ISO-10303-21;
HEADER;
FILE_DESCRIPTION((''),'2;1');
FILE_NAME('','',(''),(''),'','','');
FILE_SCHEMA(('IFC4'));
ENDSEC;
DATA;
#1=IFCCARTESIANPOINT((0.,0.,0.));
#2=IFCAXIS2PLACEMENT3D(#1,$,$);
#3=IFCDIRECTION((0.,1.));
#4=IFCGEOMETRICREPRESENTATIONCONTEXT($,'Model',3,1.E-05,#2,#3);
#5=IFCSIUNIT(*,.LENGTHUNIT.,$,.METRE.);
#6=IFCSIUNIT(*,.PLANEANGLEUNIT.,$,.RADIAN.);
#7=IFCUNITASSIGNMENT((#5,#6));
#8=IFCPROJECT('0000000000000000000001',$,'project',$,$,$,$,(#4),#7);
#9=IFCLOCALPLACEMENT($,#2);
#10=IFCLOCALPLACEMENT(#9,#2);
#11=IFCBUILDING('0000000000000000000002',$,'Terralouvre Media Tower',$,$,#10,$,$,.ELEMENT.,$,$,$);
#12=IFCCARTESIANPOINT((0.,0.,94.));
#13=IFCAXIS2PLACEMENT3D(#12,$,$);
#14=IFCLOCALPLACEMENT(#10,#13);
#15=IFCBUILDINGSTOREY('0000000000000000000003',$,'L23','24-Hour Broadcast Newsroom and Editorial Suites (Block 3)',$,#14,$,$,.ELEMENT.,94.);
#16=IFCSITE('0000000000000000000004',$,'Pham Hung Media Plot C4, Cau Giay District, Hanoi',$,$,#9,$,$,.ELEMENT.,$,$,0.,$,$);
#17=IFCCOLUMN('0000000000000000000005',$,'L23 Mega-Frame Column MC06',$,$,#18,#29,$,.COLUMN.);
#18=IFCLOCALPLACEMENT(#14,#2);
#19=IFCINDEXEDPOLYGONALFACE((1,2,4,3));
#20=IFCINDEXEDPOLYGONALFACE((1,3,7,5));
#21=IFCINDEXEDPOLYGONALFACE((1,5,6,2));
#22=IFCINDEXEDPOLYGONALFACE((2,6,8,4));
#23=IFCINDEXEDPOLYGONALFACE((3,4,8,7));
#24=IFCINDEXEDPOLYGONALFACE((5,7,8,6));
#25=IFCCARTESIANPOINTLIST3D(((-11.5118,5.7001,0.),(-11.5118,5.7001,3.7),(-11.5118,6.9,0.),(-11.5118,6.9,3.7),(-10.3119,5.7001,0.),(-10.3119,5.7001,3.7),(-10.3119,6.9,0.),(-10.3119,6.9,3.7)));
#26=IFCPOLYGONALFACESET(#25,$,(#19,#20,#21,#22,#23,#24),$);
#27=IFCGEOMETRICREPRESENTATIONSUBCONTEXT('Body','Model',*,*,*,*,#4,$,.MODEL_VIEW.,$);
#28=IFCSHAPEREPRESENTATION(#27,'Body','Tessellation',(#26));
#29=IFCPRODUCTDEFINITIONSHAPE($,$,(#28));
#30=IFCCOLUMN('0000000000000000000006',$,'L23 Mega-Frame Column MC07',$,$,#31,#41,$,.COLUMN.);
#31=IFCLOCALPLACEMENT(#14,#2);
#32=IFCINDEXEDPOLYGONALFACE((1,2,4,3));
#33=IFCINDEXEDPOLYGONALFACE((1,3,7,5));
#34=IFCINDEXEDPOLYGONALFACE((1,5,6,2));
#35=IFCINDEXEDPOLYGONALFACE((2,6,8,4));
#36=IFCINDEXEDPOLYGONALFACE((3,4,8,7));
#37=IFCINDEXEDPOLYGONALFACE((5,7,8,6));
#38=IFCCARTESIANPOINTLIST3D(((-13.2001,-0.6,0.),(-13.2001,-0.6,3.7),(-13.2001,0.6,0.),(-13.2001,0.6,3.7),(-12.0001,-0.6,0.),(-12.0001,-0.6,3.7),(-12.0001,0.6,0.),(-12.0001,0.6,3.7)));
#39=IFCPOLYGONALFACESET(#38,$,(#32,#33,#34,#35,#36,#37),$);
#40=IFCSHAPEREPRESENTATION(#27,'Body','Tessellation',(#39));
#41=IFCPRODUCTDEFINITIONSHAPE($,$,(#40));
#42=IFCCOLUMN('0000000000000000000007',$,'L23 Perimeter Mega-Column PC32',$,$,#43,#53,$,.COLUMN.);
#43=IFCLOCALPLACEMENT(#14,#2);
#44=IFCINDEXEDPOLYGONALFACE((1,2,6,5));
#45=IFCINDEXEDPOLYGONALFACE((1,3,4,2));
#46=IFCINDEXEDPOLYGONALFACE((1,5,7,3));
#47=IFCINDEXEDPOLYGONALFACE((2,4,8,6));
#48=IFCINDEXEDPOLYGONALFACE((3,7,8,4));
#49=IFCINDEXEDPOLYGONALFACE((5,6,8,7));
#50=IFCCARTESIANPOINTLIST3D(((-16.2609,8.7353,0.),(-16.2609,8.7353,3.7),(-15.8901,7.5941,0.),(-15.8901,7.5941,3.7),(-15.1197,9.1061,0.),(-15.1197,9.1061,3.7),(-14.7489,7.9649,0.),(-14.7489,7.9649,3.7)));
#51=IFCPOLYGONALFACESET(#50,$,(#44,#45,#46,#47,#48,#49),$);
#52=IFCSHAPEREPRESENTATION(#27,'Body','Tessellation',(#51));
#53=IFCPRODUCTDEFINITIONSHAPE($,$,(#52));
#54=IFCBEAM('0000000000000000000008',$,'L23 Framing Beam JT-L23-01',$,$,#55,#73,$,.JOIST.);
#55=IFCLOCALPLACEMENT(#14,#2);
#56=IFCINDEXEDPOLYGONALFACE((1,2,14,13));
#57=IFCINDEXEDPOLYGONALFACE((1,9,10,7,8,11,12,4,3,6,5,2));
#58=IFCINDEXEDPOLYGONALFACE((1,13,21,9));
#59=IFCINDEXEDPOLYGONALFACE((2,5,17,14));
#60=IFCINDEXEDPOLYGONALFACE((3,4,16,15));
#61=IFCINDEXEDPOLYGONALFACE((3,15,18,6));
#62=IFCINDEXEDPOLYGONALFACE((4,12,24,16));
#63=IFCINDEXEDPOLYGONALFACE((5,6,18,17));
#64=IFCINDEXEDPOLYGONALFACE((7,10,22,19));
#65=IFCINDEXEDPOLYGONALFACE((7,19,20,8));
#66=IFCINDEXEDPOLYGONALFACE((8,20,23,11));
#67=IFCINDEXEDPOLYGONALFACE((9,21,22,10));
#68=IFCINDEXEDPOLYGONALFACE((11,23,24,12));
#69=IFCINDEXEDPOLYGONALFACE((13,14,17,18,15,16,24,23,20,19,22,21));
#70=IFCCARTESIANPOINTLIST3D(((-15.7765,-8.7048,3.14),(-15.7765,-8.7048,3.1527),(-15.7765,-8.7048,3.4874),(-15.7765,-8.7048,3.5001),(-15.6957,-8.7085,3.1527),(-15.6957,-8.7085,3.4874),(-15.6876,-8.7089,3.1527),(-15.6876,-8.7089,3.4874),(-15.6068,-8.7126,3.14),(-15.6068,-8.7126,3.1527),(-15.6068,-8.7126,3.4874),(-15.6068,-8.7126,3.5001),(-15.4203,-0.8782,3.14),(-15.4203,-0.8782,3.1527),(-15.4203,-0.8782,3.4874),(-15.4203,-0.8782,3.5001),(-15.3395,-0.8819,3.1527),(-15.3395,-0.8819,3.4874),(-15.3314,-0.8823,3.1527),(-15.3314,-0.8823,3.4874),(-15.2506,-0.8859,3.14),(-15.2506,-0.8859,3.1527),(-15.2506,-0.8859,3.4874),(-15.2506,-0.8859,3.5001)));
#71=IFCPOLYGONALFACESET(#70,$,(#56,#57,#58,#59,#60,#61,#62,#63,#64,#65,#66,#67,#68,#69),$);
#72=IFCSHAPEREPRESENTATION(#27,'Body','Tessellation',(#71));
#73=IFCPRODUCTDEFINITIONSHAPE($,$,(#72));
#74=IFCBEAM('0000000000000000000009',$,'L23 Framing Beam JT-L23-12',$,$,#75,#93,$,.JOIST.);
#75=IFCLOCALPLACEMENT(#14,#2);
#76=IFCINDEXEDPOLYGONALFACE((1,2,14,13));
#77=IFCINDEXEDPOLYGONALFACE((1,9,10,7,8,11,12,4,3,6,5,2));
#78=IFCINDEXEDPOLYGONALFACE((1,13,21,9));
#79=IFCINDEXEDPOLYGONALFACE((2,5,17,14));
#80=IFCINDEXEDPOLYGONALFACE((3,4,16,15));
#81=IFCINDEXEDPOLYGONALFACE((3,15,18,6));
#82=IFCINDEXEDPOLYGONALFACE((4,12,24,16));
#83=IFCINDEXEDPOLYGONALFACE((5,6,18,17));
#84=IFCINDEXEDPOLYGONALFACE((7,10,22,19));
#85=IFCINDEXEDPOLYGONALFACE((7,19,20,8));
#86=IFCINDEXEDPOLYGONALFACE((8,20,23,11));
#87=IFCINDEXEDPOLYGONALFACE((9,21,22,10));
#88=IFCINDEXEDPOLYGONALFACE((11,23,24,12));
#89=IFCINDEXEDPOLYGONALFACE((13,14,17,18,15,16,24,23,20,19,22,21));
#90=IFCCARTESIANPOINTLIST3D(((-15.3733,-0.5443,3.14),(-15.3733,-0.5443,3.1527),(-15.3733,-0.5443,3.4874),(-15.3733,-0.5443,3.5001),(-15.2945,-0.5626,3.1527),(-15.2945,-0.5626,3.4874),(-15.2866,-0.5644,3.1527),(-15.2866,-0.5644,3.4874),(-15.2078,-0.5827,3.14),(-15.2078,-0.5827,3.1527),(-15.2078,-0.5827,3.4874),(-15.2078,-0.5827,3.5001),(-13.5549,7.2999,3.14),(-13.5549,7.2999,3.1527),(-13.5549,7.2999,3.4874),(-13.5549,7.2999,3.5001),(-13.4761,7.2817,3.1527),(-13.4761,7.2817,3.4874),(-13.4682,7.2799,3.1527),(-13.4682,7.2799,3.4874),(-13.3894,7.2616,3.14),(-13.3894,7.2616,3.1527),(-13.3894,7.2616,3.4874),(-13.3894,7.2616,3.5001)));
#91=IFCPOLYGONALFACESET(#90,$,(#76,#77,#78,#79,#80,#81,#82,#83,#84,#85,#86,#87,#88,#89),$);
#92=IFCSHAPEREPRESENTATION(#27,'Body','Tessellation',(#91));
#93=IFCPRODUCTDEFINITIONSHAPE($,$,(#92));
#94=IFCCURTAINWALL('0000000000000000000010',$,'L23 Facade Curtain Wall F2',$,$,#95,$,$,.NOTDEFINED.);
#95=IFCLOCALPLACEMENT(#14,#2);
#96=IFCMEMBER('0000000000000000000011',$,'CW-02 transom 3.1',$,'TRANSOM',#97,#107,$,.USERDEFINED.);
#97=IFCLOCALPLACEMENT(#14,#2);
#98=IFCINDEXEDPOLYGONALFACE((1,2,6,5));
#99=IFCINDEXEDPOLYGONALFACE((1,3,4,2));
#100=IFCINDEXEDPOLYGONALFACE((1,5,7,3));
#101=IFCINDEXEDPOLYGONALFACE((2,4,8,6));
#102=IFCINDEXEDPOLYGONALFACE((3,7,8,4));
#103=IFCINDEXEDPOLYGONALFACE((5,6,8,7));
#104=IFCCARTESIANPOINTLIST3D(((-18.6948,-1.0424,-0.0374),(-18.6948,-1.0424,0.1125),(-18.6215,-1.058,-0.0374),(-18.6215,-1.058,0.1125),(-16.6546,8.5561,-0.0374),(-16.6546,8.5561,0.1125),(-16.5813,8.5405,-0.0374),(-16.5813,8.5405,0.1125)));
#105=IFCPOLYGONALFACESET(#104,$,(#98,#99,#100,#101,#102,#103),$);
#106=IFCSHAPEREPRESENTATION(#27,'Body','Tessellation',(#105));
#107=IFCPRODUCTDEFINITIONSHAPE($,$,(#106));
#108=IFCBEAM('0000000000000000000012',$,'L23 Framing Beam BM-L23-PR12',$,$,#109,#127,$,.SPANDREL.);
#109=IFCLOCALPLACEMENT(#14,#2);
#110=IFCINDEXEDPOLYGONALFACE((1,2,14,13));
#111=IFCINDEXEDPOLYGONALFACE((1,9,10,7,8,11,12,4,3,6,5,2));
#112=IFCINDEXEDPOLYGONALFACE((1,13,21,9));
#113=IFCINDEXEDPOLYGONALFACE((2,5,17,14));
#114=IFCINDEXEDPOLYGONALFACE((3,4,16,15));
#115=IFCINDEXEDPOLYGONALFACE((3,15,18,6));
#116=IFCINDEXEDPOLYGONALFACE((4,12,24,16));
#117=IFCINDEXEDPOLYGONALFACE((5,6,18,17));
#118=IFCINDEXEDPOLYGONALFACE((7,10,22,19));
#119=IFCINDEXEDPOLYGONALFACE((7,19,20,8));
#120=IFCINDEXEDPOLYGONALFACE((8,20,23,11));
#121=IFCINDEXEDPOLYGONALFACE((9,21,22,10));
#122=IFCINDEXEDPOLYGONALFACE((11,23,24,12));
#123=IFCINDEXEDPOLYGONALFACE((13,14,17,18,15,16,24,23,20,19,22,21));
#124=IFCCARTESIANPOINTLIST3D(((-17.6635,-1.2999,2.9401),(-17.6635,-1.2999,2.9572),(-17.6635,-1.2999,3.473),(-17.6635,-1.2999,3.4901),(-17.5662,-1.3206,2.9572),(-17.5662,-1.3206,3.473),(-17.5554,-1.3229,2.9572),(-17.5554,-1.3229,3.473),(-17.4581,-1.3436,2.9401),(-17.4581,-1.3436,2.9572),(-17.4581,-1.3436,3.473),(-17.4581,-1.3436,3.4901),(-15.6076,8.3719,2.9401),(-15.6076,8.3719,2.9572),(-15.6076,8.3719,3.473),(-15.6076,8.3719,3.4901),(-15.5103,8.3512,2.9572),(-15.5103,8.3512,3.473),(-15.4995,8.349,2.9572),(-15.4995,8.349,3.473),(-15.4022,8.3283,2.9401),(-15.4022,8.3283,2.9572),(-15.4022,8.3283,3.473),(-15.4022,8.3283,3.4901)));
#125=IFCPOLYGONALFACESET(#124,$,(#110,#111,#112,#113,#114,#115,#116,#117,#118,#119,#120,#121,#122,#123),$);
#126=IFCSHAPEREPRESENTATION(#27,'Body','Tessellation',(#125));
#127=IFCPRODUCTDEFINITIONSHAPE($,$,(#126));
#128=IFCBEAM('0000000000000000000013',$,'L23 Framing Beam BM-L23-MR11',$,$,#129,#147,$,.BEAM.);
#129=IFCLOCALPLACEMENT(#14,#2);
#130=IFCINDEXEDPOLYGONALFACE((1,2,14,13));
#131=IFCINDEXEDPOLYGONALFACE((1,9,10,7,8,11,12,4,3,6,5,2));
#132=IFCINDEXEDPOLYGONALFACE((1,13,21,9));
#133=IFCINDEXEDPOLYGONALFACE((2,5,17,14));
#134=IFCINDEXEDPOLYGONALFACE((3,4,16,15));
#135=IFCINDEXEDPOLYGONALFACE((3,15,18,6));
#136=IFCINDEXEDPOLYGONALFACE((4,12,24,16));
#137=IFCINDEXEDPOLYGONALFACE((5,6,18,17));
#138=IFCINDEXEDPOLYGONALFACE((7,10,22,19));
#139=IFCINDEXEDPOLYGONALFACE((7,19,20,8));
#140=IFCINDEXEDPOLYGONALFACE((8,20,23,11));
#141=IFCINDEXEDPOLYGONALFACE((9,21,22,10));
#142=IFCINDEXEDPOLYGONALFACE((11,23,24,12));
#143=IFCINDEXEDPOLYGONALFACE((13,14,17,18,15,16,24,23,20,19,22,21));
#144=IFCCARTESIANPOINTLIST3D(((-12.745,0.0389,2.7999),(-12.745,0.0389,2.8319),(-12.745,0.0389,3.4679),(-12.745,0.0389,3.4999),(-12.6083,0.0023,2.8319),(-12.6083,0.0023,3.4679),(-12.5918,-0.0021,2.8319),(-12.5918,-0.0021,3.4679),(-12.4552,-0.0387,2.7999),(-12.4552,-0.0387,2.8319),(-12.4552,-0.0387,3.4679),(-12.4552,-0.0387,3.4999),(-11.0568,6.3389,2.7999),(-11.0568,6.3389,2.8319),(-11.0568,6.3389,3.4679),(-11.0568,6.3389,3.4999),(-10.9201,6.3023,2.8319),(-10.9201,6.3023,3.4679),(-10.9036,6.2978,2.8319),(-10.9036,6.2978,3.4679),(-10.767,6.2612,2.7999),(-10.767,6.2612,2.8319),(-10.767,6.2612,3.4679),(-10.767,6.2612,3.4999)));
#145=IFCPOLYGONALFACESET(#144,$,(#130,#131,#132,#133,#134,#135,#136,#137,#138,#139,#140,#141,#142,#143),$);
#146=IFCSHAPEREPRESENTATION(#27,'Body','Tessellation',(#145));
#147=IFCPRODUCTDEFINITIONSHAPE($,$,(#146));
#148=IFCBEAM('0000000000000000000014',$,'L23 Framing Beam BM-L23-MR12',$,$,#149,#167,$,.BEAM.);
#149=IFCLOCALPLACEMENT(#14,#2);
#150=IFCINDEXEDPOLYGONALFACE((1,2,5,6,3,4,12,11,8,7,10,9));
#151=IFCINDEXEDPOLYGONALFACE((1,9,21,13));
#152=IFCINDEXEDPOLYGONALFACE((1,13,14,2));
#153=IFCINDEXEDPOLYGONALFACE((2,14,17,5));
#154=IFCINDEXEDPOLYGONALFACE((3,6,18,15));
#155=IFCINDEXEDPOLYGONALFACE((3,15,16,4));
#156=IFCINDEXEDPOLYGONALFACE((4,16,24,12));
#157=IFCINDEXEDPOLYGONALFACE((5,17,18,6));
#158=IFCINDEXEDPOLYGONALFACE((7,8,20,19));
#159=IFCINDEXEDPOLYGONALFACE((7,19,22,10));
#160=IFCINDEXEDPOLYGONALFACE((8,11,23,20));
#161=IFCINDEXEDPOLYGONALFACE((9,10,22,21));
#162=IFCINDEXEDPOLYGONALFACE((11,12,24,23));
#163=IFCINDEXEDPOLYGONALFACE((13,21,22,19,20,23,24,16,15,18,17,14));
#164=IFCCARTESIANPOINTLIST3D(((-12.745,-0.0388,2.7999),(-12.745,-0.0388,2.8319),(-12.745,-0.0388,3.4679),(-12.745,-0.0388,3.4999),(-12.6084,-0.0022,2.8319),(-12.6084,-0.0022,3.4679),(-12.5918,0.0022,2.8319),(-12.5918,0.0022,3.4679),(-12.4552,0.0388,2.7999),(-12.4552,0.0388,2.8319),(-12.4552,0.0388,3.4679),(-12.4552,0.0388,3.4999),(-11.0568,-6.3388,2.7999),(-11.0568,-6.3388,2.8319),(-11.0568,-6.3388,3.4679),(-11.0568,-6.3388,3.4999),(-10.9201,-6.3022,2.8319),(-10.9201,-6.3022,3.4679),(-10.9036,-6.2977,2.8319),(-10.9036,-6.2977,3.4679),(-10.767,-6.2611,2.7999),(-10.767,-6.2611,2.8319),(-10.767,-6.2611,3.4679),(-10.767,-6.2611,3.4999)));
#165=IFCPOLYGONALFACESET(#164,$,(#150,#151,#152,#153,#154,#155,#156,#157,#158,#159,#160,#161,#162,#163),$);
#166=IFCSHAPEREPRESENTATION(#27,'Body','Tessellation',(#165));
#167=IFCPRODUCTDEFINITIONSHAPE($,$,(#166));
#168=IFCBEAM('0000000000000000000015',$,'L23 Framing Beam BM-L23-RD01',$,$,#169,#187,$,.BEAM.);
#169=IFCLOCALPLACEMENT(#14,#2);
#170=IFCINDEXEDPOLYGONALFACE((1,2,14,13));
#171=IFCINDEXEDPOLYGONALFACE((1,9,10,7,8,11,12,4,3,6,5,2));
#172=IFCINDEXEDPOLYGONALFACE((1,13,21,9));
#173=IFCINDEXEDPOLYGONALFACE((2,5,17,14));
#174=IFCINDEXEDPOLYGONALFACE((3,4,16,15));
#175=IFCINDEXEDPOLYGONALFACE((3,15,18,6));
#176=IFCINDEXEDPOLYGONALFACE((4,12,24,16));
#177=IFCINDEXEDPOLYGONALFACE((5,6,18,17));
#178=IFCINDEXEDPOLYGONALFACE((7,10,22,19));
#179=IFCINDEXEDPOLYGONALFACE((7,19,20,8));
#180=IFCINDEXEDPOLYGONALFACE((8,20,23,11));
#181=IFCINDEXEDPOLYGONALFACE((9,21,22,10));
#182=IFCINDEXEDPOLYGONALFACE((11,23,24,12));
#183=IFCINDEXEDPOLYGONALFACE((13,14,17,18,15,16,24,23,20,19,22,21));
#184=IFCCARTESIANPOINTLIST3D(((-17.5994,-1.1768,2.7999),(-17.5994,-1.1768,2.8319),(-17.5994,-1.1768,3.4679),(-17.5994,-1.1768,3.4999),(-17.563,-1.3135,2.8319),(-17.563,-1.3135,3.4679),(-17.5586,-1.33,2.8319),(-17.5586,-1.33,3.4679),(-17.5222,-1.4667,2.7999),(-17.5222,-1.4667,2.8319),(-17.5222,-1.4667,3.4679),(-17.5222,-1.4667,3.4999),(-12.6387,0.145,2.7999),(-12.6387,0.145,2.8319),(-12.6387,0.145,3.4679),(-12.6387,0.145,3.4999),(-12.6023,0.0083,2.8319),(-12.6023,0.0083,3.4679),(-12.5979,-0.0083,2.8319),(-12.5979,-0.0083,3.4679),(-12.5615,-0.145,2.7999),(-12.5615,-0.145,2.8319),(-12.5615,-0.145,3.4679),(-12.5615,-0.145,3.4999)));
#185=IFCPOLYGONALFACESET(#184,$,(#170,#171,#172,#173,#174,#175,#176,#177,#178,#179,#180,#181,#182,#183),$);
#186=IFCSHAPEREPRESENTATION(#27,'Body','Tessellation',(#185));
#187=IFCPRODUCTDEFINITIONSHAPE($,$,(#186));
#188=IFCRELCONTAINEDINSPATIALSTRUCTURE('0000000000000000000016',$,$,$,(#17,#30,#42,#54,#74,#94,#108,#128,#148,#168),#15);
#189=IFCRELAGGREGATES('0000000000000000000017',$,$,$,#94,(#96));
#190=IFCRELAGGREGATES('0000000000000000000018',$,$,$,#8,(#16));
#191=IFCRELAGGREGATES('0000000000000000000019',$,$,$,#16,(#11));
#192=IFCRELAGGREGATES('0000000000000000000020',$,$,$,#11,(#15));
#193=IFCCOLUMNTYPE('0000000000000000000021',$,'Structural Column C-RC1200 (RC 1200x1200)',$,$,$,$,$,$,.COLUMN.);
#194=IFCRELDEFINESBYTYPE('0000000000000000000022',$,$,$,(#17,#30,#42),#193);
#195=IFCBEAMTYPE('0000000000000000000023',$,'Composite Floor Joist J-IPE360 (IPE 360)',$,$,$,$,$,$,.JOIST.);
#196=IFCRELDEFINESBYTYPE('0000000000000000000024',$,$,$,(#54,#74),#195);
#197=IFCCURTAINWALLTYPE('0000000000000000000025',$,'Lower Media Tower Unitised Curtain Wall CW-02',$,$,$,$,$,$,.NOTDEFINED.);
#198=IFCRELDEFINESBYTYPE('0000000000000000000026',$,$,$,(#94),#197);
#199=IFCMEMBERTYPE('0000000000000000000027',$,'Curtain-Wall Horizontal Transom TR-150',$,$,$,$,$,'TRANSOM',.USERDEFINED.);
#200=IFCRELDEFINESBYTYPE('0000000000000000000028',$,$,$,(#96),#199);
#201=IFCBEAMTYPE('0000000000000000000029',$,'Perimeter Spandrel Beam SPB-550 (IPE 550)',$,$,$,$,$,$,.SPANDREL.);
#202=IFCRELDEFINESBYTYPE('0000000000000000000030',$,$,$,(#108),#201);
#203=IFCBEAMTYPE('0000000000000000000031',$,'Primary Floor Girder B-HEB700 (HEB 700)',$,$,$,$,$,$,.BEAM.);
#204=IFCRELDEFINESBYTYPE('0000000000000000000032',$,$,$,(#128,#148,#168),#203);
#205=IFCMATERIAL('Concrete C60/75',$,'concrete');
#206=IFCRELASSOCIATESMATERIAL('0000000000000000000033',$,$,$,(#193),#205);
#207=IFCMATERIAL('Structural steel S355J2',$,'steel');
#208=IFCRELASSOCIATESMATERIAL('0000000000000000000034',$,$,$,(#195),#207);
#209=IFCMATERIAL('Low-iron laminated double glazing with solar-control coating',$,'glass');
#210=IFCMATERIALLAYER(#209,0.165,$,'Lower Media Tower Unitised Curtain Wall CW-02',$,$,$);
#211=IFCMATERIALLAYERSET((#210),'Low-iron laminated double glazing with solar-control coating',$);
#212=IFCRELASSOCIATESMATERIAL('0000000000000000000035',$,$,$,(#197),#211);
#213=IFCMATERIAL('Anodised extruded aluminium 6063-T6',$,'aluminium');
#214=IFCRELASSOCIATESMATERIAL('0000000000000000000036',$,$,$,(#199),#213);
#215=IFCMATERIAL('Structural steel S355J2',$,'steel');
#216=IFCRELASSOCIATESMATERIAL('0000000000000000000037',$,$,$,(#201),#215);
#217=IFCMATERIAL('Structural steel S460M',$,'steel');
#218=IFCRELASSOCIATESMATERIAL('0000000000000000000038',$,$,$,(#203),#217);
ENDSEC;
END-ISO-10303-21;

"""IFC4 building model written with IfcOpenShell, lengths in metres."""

from ifc_helpers import new_model, si_unit, direction, frame, origin, origin_2d, place, context, subcontext, project, spatial, rectangle, i_section, extrude, material, layer, layer_set, material_profile, profile_set, type_object, element, aggregate, save


model = new_model("IFC4")

# Units and contexts
model_context = context("Model", 3, precision=1e-05, world=origin(), true_north=direction((0.0, 1.0)))
body_context = subcontext(model_context, "Body", "Model", "MODEL_VIEW")
ifc_project = project(units=[si_unit("LENGTHUNIT", "METRE"), si_unit("PLANEANGLEUNIT", "RADIAN")], contexts=[model_context])

# Site, building, storey
site_placement = place(None, origin())
site = spatial("IfcSite", under=ifc_project, at=site_placement, Name="Pham Hung Media Plot C4, Cau Giay District, Hanoi", CompositionType="ELEMENT", RefElevation=0.0)
building_placement = place(site_placement, origin())
building = spatial("IfcBuilding", under=site, at=building_placement, Name="Terralouvre Media Tower", CompositionType="ELEMENT")
storey_placement = place(building_placement, frame((0.0, 0.0, 94.0)))
storey = spatial("IfcBuildingStorey", under=building, at=storey_placement, Name="L23", Description="24-Hour Broadcast Newsroom and Editorial Suites (Block 3)", CompositionType="ELEMENT", Elevation=94.0)

# Columns
ifc_material_1 = material(Name="Concrete C60/75", Category="concrete")
ifc_material_profile_1 = material_profile(ifc_material_1, rectangle(XDim=1.2, YDim=1.2, at=origin_2d()), Name="RC 1200x1200")
ifc_profile_set_1 = profile_set([ifc_material_profile_1], Name="Concrete C60/75")
column_type = type_object("IfcColumnType", Name="Structural Column C-RC1200 (RC 1200x1200)", PredefinedType="COLUMN", material=ifc_profile_set_1)
for number, where, z_axis, x_axis, name in (
    (1, (-10.9119, 6.3, 0.0), (0.0, 0.0, 1.0), (1.0, 0.0, 0.0), "L23 Mega-Frame Column MC06"),
    (2, (-12.6001, 0.0, 0.0), (0.0, 0.0, 1.0), (1.0, 0.0, 0.0), "L23 Mega-Frame Column MC07"),
    (3, (-15.5049, 8.3501, 0.0), (0.0, 0.0, 1.0), (0.951057, 0.309017, 0.0), "L23 Perimeter Mega-Column PC32"),
):
    element("IfcColumn", number, at=place(storey_placement, frame(where, z_axis=z_axis, x_axis=x_axis)), inside=storey, type_object=column_type, Name=name, PredefinedType="COLUMN", context=body_context, shape_type="SweptSolid", body=[
        extrude(rectangle(XDim=1.2, YDim=1.2, at=origin_2d()), origin(), (0.0, 0.0, 1.0), 3.7),
    ])

# Beams
ifc_material_2 = material(Name="Structural steel S355J2", Category="steel")
ifc_material_profile_2 = material_profile(ifc_material_2, i_section(OverallWidth=0.1699, OverallDepth=0.3601, WebThickness=0.0081, FlangeThickness=0.0127, at=origin_2d()), Name="IPE 360")
ifc_profile_set_2 = profile_set([ifc_material_profile_2], Name="Structural steel S355J2")
beam_type_1 = type_object("IfcBeamType", Name="Composite Floor Joist J-IPE360 (IPE 360)", PredefinedType="JOIST", material=ifc_profile_set_2)
beam_1_placement = place(storey_placement, frame((-15.3354, -0.8821, 3.3201), z_axis=(-0.045464, -0.998966, 0.0), x_axis=(0.998966, -0.045464, 0.0)))
element("IfcBeam", 4, at=beam_1_placement, inside=storey, type_object=beam_type_1, Name="L23 Framing Beam JT-L23-01", PredefinedType="JOIST", context=body_context, shape_type="SweptSolid", body=[
    extrude(i_section(OverallWidth=0.1699, OverallDepth=0.3601, WebThickness=0.0081, FlangeThickness=0.0127, at=origin_2d()), origin(), (0.0, 0.0, 1.0), 7.8347),
])
beam_2_placement = place(storey_placement, frame((-13.4722, 7.2808, 3.3201), z_axis=(-0.22582, -0.974169, 0.0), x_axis=(0.974169, -0.22582, 0.0)))
element("IfcBeam", 5, at=beam_2_placement, inside=storey, type_object=beam_type_1, Name="L23 Framing Beam JT-L23-12", PredefinedType="JOIST", context=body_context, shape_type="SweptSolid", body=[
    extrude(i_section(OverallWidth=0.1699, OverallDepth=0.3601, WebThickness=0.0081, FlangeThickness=0.0127, at=origin_2d()), origin(), (0.0, 0.0, 1.0), 8.0522),
])

# Curtain wall, member
ifc_material_3 = material(Name="Low-iron laminated double glazing with solar-control coating", Category="glass")
ifc_layer_1 = layer(ifc_material_3, 0.165, Name="Lower Media Tower Unitised Curtain Wall CW-02")
ifc_layer_set_1 = layer_set([ifc_layer_1], Name="Low-iron laminated double glazing with solar-control coating")
curtain_wall_type = type_object("IfcCurtainWallType", Name="Lower Media Tower Unitised Curtain Wall CW-02", PredefinedType="NOTDEFINED", material=ifc_layer_set_1)
curtain_wall_placement = place(storey_placement, origin())
curtain_wall = element("IfcCurtainWall", 6, at=curtain_wall_placement, inside=storey, type_object=curtain_wall_type, Name="L23 Facade Curtain Wall F2", PredefinedType="NOTDEFINED")
ifc_material_4 = material(Name="Anodised extruded aluminium 6063-T6", Category="aluminium")
ifc_material_profile_3 = material_profile(ifc_material_4, rectangle(XDim=0.075, YDim=0.1499, at=origin_2d()), Name="ALU 75x150")
ifc_profile_set_3 = profile_set([ifc_material_profile_3], Name="Anodised extruded aluminium 6063-T6")
member_type = type_object("IfcMemberType", Name="Curtain-Wall Horizontal Transom TR-150", ElementType="TRANSOM", PredefinedType="USERDEFINED", material=ifc_profile_set_3)
member_placement = place(storey_placement, frame((-16.6179, 8.5483, 0.0376), z_axis=(-0.207915, -0.978147, 0.0), x_axis=(0.978147, -0.207915, 0.0)))
member = element("IfcMember", 7, at=member_placement, type_object=member_type, Name="CW-02 transom 3.1", ObjectType="TRANSOM", PredefinedType="USERDEFINED", context=body_context, shape_type="SweptSolid", body=[
    extrude(rectangle(XDim=0.075, YDim=0.1499, at=origin_2d()), origin(), (0.0, 0.0, 1.0), 9.813),
])

# Beams
ifc_material_5 = material(Name="Structural steel S355J2", Category="steel")
ifc_material_profile_4 = material_profile(ifc_material_5, i_section(OverallWidth=0.21, OverallDepth=0.55, WebThickness=0.011, FlangeThickness=0.0171, at=origin_2d()), Name="IPE 550")
ifc_profile_set_4 = profile_set([ifc_material_profile_4], Name="Structural steel S355J2")
beam_type_2 = type_object("IfcBeamType", Name="Perimeter Spandrel Beam SPB-550 (IPE 550)", PredefinedType="SPANDREL", material=ifc_profile_set_4)
beam_3_placement = place(storey_placement, frame((-15.5049, 8.3501, 3.2151), z_axis=(-0.20792, -0.978146, 0.0), x_axis=(0.978146, -0.20792, 0.0)))
element("IfcBeam", 8, at=beam_3_placement, inside=storey, type_object=beam_type_2, Name="L23 Framing Beam BM-L23-PR12", PredefinedType="SPANDREL", context=body_context, shape_type="SweptSolid", body=[
    extrude(i_section(OverallWidth=0.21, OverallDepth=0.55, WebThickness=0.011, FlangeThickness=0.0171, at=origin_2d()), origin(), (0.0, 0.0, 1.0), 9.8879),
])
ifc_material_6 = material(Name="Structural steel S460M", Category="steel")
ifc_material_profile_5 = material_profile(ifc_material_6, i_section(OverallWidth=0.3, OverallDepth=0.7, WebThickness=0.0171, FlangeThickness=0.032, at=origin_2d()), Name="HEB 700")
ifc_profile_set_5 = profile_set([ifc_material_profile_5], Name="Structural steel S460M")
beam_type_3 = type_object("IfcBeamType", Name="Primary Floor Girder B-HEB700 (HEB 700)", PredefinedType="BEAM", material=ifc_profile_set_5)
for number, where, z_axis, x_axis, name in (
    (9, (-10.9119, 6.3, 3.1499), (-0.258839, -0.96592, 0.0), (0.96592, -0.258839, 0.0), "L23 Framing Beam BM-L23-MR11"),
    (10, (-12.6001, 0.0, 3.1499), (0.258839, -0.96592, 0.0), (0.96592, 0.258839, 0.0), "L23 Framing Beam BM-L23-MR12"),
):
    element("IfcBeam", number, at=place(storey_placement, frame(where, z_axis=z_axis, x_axis=x_axis)), inside=storey, type_object=beam_type_3, Name=name, PredefinedType="BEAM", context=body_context, shape_type="SweptSolid", body=[
        extrude(i_section(OverallWidth=0.3, OverallDepth=0.7, WebThickness=0.0171, FlangeThickness=0.032, at=origin_2d()), origin(), (0.0, 0.0, 1.0), 6.5222),
    ])
beam_4_placement = place(storey_placement, frame((-12.6001, 0.0, 3.1499), z_axis=(-0.966287, -0.257467, 0.0), x_axis=(0.257467, -0.966287, 0.0)))
element("IfcBeam", 11, at=beam_4_placement, inside=storey, type_object=beam_type_3, Name="L23 Framing Beam BM-L23-RD01", PredefinedType="BEAM", context=body_context, shape_type="SweptSolid", body=[
    extrude(i_section(OverallWidth=0.3, OverallDepth=0.7, WebThickness=0.0171, FlangeThickness=0.032, at=origin_2d()), origin(), (0.0, 0.0, 1.0), 5.1338),
])

aggregate(curtain_wall, [member])

save(model, "model.ifc")
